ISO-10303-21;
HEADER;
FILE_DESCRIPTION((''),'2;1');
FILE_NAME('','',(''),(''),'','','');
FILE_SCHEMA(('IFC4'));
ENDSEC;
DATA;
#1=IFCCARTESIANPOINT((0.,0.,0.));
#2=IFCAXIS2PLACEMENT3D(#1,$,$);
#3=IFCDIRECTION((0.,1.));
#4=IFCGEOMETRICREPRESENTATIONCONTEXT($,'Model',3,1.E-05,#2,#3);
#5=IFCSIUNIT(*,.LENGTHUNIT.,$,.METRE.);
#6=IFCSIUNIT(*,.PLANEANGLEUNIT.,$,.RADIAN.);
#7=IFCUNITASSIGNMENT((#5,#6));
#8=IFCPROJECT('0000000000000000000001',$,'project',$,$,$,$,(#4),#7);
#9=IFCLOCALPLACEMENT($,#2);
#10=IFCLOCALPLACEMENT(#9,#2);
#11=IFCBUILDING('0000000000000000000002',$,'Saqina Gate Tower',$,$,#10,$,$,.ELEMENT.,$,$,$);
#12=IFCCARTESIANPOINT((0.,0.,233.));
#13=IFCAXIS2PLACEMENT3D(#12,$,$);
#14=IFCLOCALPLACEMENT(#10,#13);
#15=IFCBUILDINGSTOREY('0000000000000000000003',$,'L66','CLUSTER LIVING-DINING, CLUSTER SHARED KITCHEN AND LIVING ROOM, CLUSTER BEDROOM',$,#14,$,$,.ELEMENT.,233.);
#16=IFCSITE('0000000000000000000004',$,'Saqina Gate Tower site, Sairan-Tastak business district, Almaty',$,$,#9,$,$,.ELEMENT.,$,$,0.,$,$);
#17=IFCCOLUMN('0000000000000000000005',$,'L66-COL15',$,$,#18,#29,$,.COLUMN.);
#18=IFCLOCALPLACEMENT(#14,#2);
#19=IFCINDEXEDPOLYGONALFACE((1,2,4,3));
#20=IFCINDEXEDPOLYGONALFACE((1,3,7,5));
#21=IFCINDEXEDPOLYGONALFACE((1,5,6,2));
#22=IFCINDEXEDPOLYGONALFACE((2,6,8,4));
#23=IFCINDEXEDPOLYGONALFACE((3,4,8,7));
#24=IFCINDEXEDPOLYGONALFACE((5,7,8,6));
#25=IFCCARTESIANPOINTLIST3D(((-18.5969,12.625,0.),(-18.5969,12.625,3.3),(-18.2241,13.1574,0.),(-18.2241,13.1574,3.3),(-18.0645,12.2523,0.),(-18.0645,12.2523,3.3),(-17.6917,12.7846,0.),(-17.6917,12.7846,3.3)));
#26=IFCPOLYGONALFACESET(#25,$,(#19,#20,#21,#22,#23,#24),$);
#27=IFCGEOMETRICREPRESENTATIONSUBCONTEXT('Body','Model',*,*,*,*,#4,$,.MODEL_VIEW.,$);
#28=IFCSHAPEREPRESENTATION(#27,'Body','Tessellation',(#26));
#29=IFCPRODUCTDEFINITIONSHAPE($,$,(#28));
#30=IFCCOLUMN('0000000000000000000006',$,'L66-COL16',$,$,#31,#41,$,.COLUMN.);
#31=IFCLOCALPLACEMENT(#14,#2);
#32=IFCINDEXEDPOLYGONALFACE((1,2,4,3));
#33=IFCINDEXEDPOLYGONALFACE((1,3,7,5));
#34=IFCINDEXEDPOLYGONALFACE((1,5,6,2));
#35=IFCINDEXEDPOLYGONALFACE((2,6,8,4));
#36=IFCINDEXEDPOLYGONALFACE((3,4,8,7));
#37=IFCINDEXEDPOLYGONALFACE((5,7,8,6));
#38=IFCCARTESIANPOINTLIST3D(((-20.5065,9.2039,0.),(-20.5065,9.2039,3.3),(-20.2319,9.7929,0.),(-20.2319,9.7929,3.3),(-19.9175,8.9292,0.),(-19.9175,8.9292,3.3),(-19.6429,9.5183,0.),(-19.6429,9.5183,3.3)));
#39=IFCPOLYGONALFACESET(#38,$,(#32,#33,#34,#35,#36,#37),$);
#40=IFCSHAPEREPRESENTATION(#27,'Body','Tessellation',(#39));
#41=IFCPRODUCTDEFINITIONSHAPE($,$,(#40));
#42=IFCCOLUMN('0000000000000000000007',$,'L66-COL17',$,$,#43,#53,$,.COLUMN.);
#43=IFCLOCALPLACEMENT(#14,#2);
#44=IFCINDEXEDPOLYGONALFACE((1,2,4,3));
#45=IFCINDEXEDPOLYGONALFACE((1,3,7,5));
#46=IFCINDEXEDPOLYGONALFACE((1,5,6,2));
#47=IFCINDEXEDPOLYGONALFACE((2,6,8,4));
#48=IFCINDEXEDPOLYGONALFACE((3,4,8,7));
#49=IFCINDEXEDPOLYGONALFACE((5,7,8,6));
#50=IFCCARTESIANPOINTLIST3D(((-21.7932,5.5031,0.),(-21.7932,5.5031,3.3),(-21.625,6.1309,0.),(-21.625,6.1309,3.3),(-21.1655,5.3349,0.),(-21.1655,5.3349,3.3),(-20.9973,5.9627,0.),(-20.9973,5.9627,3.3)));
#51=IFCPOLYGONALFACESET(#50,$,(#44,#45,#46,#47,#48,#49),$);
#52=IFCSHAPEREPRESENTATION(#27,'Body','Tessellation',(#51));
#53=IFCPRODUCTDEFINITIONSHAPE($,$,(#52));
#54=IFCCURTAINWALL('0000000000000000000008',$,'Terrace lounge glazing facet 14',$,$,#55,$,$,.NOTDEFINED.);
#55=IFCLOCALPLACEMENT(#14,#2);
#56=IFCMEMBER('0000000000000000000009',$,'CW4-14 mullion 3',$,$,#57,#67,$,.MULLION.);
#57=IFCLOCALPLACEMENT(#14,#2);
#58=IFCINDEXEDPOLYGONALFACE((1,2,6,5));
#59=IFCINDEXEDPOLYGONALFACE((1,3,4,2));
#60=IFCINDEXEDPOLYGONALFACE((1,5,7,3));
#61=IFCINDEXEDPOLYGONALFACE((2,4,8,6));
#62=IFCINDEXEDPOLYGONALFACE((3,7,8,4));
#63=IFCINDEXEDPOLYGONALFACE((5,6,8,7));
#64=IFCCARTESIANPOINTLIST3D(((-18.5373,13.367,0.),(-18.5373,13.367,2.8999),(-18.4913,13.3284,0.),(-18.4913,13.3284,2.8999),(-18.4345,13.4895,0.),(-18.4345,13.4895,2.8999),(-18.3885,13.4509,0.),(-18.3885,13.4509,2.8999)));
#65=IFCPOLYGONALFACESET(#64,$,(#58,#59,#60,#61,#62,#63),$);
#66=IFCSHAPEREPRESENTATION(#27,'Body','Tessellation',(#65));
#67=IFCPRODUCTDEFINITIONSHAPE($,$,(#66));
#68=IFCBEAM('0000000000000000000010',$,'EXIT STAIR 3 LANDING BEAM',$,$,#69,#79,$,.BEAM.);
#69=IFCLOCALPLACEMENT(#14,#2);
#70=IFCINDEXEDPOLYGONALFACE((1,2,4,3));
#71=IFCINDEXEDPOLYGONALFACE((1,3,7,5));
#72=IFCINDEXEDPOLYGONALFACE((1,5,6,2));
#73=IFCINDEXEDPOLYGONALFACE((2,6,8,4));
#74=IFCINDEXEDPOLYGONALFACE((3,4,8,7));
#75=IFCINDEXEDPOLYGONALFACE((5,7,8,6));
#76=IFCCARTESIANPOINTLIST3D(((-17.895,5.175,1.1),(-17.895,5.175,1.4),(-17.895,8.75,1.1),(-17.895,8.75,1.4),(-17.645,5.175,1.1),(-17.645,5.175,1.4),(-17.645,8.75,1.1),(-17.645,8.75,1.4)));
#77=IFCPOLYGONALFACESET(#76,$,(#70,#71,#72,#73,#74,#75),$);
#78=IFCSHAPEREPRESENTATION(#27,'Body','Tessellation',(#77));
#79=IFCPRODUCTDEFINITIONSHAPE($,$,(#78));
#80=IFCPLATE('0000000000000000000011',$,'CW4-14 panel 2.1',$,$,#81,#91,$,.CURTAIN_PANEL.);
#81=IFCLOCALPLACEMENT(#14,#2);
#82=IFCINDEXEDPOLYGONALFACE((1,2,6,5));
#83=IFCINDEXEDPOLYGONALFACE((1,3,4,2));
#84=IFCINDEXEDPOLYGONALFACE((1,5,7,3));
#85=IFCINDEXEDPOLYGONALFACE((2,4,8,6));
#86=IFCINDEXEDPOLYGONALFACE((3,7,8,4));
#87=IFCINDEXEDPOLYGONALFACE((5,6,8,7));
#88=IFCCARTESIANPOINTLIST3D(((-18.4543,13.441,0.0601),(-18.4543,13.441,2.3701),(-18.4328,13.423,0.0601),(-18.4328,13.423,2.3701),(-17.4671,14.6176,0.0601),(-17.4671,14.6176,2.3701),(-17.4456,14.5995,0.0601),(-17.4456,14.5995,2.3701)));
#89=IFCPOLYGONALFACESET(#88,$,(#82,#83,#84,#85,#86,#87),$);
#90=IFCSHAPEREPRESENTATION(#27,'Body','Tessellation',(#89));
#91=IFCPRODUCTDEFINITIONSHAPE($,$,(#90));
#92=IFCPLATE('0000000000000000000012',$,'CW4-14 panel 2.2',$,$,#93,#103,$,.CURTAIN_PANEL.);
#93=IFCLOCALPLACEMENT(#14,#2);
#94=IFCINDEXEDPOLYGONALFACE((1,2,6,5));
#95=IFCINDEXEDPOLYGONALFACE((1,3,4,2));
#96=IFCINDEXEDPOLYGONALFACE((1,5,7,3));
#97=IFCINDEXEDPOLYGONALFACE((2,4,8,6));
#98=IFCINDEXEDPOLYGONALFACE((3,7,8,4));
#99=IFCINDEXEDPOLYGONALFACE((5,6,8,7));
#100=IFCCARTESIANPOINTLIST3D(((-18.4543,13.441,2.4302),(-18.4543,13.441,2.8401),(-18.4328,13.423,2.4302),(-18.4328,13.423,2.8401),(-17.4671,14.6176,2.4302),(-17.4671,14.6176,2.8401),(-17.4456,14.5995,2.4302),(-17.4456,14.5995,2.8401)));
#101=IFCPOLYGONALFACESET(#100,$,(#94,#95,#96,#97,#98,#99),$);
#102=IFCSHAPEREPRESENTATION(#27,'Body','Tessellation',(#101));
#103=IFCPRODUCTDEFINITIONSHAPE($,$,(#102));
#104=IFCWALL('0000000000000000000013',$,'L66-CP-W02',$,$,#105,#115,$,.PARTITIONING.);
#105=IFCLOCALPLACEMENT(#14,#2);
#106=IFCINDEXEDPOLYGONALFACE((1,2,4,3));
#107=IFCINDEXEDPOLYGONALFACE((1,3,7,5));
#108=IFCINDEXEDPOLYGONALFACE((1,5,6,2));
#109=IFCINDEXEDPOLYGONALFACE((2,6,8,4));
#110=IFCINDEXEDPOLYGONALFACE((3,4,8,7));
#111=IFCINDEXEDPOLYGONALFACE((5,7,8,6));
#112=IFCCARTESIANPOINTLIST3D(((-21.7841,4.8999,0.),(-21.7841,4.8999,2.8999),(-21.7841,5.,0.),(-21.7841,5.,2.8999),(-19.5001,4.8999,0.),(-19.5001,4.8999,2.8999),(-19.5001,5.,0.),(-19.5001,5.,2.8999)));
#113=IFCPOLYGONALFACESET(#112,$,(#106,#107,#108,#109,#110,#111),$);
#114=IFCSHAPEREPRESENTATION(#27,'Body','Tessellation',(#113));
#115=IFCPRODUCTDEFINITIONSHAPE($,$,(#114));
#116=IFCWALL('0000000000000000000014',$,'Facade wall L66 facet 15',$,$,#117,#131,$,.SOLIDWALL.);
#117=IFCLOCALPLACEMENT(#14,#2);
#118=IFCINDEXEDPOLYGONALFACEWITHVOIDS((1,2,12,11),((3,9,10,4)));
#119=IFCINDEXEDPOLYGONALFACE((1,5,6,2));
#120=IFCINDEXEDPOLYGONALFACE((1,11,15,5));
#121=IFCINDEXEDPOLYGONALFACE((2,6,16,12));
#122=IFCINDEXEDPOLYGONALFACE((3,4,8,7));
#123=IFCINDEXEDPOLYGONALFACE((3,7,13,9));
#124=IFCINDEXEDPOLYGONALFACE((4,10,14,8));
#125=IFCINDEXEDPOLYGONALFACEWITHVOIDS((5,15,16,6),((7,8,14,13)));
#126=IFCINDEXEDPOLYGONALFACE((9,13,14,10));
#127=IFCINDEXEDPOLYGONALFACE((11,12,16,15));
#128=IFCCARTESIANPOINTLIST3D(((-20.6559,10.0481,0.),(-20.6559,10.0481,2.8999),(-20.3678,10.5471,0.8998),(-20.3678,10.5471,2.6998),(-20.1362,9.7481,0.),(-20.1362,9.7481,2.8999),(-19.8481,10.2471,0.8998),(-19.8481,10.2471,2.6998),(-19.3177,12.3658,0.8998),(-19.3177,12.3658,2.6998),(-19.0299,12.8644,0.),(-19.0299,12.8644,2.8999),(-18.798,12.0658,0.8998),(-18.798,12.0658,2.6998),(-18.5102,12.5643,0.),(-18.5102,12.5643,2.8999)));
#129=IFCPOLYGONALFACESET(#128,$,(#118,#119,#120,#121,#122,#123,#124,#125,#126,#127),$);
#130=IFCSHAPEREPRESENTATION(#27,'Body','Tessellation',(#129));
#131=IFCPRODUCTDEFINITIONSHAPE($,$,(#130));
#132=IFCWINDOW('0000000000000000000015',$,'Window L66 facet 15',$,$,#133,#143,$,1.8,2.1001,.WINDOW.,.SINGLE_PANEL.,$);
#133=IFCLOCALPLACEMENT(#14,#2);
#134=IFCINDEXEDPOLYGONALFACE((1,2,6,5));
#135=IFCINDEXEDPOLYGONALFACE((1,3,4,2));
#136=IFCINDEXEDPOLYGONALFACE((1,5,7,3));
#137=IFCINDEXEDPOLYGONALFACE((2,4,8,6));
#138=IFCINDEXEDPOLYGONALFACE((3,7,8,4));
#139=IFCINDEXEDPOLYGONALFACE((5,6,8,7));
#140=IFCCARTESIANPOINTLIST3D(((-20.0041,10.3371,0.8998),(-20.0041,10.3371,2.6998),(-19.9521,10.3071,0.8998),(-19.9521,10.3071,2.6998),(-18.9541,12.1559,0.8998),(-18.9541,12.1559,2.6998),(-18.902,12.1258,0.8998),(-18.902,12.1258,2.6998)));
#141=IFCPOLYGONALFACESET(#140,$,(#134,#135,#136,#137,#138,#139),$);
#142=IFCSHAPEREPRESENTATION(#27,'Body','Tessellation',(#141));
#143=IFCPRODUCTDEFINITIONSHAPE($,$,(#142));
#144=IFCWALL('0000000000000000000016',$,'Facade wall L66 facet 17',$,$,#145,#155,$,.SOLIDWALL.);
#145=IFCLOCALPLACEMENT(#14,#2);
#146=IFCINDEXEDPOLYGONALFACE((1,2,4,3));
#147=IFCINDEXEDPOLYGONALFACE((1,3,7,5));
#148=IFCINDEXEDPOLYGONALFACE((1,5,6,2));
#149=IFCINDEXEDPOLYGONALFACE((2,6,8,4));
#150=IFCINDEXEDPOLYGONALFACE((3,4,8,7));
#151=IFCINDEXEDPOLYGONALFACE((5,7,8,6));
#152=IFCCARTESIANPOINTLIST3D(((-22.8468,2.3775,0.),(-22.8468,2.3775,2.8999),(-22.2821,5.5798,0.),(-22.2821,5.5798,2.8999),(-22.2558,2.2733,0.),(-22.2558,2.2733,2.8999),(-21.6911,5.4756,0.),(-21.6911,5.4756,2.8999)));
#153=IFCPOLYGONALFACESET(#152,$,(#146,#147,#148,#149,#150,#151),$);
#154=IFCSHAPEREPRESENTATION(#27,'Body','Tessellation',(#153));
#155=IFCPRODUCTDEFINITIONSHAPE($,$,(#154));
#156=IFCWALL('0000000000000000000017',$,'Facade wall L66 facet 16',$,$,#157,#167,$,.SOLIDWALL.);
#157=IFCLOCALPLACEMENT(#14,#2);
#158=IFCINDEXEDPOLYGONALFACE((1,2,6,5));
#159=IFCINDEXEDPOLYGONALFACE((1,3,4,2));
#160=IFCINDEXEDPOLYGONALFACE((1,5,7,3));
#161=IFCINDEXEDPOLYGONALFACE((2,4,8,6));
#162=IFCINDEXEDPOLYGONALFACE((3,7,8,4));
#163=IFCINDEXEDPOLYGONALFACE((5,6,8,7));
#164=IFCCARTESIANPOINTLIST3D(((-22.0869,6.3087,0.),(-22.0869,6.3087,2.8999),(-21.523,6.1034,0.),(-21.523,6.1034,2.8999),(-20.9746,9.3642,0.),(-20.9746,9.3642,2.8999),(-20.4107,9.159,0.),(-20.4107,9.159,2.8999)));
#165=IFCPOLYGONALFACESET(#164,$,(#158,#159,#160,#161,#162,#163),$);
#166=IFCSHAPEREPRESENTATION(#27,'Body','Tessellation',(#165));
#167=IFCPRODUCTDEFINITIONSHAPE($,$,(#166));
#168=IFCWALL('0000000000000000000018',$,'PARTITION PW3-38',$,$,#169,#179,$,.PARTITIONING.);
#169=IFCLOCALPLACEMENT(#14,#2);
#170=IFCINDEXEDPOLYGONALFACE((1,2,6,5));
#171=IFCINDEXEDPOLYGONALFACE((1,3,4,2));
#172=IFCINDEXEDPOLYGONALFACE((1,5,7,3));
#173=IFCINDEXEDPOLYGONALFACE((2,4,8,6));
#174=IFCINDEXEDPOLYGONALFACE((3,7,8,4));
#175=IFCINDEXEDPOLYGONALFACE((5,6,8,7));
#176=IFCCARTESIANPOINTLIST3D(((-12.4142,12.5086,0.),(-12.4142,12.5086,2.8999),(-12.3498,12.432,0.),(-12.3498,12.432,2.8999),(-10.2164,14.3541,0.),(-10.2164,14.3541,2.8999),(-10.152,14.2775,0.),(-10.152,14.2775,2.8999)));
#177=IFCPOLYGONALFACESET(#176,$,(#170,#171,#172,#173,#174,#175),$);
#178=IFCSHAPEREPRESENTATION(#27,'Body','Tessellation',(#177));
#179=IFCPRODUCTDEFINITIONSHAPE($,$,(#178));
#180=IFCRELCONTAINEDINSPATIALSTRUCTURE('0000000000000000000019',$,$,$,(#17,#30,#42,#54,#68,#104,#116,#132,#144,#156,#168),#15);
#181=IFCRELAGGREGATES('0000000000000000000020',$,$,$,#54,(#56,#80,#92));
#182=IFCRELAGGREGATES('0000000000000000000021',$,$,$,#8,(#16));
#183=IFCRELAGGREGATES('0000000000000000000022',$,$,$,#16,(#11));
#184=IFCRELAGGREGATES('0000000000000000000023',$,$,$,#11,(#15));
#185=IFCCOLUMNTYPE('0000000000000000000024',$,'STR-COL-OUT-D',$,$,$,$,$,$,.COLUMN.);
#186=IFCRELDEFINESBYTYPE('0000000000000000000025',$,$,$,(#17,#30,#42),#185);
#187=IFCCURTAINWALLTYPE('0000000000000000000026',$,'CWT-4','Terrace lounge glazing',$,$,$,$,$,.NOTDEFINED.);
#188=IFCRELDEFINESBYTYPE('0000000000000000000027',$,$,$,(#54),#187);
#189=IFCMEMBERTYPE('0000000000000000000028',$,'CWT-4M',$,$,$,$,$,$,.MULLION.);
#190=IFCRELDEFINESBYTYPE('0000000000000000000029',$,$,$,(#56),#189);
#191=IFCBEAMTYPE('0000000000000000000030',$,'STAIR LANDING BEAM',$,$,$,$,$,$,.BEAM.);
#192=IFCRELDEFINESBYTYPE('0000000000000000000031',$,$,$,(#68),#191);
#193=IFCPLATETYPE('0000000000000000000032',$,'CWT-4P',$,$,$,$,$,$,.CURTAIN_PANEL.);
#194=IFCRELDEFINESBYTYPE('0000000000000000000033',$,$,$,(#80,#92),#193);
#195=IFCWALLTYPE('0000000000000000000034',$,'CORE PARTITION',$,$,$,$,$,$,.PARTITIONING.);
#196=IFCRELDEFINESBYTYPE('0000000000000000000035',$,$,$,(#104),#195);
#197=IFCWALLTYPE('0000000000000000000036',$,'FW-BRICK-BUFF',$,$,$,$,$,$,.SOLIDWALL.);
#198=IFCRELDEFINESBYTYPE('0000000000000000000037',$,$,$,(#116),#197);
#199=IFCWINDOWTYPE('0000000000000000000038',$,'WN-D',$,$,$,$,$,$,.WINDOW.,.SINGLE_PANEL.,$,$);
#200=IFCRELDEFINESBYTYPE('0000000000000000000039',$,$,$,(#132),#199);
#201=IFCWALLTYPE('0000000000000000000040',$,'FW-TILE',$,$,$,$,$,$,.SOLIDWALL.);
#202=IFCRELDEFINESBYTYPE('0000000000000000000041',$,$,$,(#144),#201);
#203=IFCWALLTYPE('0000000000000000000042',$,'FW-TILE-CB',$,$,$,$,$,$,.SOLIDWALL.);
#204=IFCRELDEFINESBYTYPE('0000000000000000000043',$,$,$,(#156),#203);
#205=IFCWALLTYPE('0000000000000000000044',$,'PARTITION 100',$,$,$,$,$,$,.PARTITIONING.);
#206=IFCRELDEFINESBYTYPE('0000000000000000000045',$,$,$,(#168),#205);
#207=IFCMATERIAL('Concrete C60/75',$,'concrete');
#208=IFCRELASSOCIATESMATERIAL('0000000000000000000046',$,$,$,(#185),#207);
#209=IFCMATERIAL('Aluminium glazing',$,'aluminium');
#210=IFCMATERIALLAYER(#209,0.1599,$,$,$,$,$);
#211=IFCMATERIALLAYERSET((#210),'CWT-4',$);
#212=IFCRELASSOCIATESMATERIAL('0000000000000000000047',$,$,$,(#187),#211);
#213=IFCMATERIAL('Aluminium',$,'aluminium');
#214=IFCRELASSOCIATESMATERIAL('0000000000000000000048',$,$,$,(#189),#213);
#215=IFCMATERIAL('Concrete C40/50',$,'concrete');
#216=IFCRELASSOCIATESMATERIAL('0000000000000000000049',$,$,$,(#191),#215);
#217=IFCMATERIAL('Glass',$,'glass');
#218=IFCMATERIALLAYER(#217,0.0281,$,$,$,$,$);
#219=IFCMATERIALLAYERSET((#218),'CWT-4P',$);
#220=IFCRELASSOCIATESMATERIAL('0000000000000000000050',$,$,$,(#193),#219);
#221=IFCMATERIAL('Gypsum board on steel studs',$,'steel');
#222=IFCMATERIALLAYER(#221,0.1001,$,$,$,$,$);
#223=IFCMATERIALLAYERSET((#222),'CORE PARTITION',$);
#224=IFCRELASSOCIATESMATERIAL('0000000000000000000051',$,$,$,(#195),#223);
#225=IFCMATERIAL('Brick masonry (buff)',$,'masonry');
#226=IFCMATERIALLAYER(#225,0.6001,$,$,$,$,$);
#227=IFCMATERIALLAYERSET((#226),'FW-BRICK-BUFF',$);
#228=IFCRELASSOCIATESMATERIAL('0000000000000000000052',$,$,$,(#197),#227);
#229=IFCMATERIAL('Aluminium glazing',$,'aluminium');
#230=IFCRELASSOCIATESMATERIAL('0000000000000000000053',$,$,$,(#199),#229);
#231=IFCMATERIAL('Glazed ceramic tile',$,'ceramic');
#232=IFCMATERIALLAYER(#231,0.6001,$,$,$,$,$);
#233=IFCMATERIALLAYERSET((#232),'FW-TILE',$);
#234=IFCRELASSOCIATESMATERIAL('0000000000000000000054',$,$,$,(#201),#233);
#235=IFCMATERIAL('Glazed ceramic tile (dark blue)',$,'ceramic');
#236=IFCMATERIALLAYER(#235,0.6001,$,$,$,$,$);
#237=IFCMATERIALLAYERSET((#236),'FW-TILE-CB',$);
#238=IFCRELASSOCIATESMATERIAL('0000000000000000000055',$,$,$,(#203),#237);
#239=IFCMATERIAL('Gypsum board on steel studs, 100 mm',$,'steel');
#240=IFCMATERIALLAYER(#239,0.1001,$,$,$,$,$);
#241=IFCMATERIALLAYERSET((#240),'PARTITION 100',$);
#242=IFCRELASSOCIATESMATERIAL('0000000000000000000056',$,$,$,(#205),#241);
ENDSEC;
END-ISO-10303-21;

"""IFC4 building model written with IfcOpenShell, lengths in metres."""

from ifc_helpers import new_model, si_unit, direction, frame, frame_2d, origin, origin_2d, place, context, subcontext, project, spatial, rectangle, extrude, material, layer, layer_set, material_profile, profile_set, type_object, element, fill, aggregate, save


model = new_model("IFC4")

# Units and contexts
model_context = context("Model", 3, precision=1e-05, world=origin(), true_north=direction((0.0, 1.0)))
body_context = subcontext(model_context, "Body", "Model", "MODEL_VIEW")
ifc_project = project(units=[si_unit("LENGTHUNIT", "METRE"), si_unit("PLANEANGLEUNIT", "RADIAN")], contexts=[model_context])

# Site, building, storey
site_placement = place(None, origin())
site = spatial("IfcSite", under=ifc_project, at=site_placement, Name="Saqina Gate Tower site, Sairan-Tastak business district, Almaty", CompositionType="ELEMENT", RefElevation=0.0)
building_placement = place(site_placement, origin())
building = spatial("IfcBuilding", under=site, at=building_placement, Name="Saqina Gate Tower", CompositionType="ELEMENT")
storey_placement = place(building_placement, frame((0.0, 0.0, 233.0)))
storey = spatial("IfcBuildingStorey", under=building, at=storey_placement, Name="L66", Description="CLUSTER LIVING-DINING, CLUSTER SHARED KITCHEN AND LIVING ROOM, CLUSTER BEDROOM", CompositionType="ELEMENT", Elevation=233.0)

# Columns
ifc_material_1 = material(Name="Concrete C60/75", Category="concrete")
ifc_material_profile_1 = material_profile(ifc_material_1, rectangle(XDim=0.6499, YDim=0.6499, at=origin_2d()), Name="RC 650x650")
ifc_profile_set_1 = profile_set([ifc_material_profile_1], Name="Concrete C60/75")
column_type = type_object("IfcColumnType", Name="STR-COL-OUT-D", PredefinedType="COLUMN", material=ifc_profile_set_1)
for number, where, z_axis, x_axis, name in (
    (1, (-18.1443, 12.7048, 0.0), (0.0, 0.0, 1.0), (-0.819152, 0.573576, 0.0), "L66-COL15"),
    (2, (-20.0747, 9.3611, 0.0), (0.0, 0.0, 1.0), (-0.906308, 0.422618, 0.0), "L66-COL16"),
    (3, (-21.3953, 5.7329, 0.0), (0.0, 0.0, 1.0), (-0.965926, 0.258819, 0.0), "L66-COL17"),
):
    element("IfcColumn", number, at=place(storey_placement, frame(where, z_axis=z_axis, x_axis=x_axis)), inside=storey, type_object=column_type, Name=name, PredefinedType="COLUMN", context=body_context, shape_type="SweptSolid", body=[
        extrude(rectangle(XDim=0.6499, YDim=0.6499, at=origin_2d()), origin(), (0.0, 0.0, 1.0), 3.3),
    ])

# Curtain wall, member
ifc_material_2 = material(Name="Aluminium glazing", Category="aluminium")
ifc_layer_1 = layer(ifc_material_2, 0.1599)
ifc_layer_set_1 = layer_set([ifc_layer_1], Name="CWT-4")
curtain_wall_type = type_object("IfcCurtainWallType", Name="CWT-4", Description="Terrace lounge glazing", PredefinedType="NOTDEFINED", material=ifc_layer_set_1)
curtain_wall_placement = place(storey_placement, origin())
curtain_wall = element("IfcCurtainWall", 4, at=curtain_wall_placement, inside=storey, type_object=curtain_wall_type, Name="Terrace lounge glazing facet 14", PredefinedType="NOTDEFINED")
ifc_material_3 = material(Name="Aluminium", Category="aluminium")
ifc_material_profile_2 = material_profile(ifc_material_3, rectangle(XDim=0.0601, YDim=0.1599, at=origin_2d()), Name="Aluminium 60x160")
ifc_profile_set_2 = profile_set([ifc_material_profile_2], Name="Aluminium")
member_type = type_object("IfcMemberType", Name="CWT-4M", PredefinedType="MULLION", material=ifc_profile_set_2)
member_placement = place(storey_placement, frame((-18.4629, 13.4089, 0.0), z_axis=(0.0, 0.0, 1.0), x_axis=(0.766046, -0.642785, 0.0)))
member = element("IfcMember", 5, at=member_placement, type_object=member_type, Name="CW4-14 mullion 3", PredefinedType="MULLION", context=body_context, shape_type="SweptSolid", body=[
    extrude(rectangle(XDim=0.0601, YDim=0.1599, at=origin_2d()), origin(), (0.0, 0.0, 1.0), 2.8999),
])

# Beam
ifc_material_4 = material(Name="Concrete C40/50", Category="concrete")
ifc_material_profile_3 = material_profile(ifc_material_4, rectangle(XDim=0.25, YDim=0.3, at=origin_2d()), Name="STAIR LANDING BEAM")
ifc_profile_set_3 = profile_set([ifc_material_profile_3], Name="Concrete C40/50")
beam_type = type_object("IfcBeamType", Name="STAIR LANDING BEAM", PredefinedType="BEAM", material=ifc_profile_set_3)
beam_placement = place(storey_placement, frame((-17.77, 5.175, 1.25), z_axis=(0.0, 1.0, 0.0), x_axis=(-1.0, 0.0, 0.0)))
element("IfcBeam", 6, at=beam_placement, inside=storey, type_object=beam_type, Name="EXIT STAIR 3 LANDING BEAM", PredefinedType="BEAM", context=body_context, shape_type="SweptSolid", body=[
    extrude(rectangle(XDim=0.25, YDim=0.3, at=origin_2d()), origin(), (0.0, 0.0, 1.0), 3.575),
])

# Plates
ifc_material_5 = material(Name="Glass", Category="glass")
ifc_layer_2 = layer(ifc_material_5, 0.0281)
ifc_layer_set_2 = layer_set([ifc_layer_2], Name="CWT-4P")
plate_type = type_object("IfcPlateType", Name="CWT-4P", PredefinedType="CURTAIN_PANEL", material=ifc_layer_set_2)
plate_1_placement = place(storey_placement, frame((-17.95, 14.0203, 0.0601), z_axis=(0.0, 0.0, 1.0), x_axis=(-0.642785, -0.766046, 0.0)))
plate_1 = element("IfcPlate", 7, at=plate_1_placement, type_object=plate_type, Name="CW4-14 panel 2.1", PredefinedType="CURTAIN_PANEL", context=body_context, shape_type="SweptSolid", body=[
    extrude(rectangle(XDim=1.5359, YDim=0.0281, at=origin_2d()), origin(), (0.0, 0.0, 1.0), 2.3101),
])
plate_2_placement = place(storey_placement, frame((-17.95, 14.0203, 2.4302), z_axis=(0.0, 0.0, 1.0), x_axis=(-0.642785, -0.766046, 0.0)))
plate_2 = element("IfcPlate", 8, at=plate_2_placement, type_object=plate_type, Name="CW4-14 panel 2.2", PredefinedType="CURTAIN_PANEL", context=body_context, shape_type="SweptSolid", body=[
    extrude(rectangle(XDim=1.5359, YDim=0.0281, at=origin_2d()), origin(), (0.0, 0.0, 1.0), 0.4099),
])
aggregate(curtain_wall, [member, plate_1, plate_2])

# Wall
ifc_material_6 = material(Name="Gypsum board on steel studs", Category="steel")
ifc_layer_3 = layer(ifc_material_6, 0.1001)
ifc_layer_set_3 = layer_set([ifc_layer_3], Name="CORE PARTITION")
wall_type_1 = type_object("IfcWallType", Name="CORE PARTITION", PredefinedType="PARTITIONING", material=ifc_layer_set_3)
wall_1_placement = place(storey_placement, frame((-19.5, 4.95, 0.0), z_axis=(0.0, 0.0, 1.0), x_axis=(-1.0, 0.0, 0.0)))
element("IfcWall", 9, at=wall_1_placement, inside=storey, type_object=wall_type_1, Name="L66-CP-W02", PredefinedType="PARTITIONING", context=body_context, shape_type="SweptSolid", body=[
    extrude(rectangle(XDim=2.2839, YDim=0.1001, at=frame_2d((1.1421, 0.0))), origin(), (0.0, 0.0, 1.0), 2.8999),
])

# Wall, opening, window
ifc_material_7 = material(Name="Brick masonry (buff)", Category="masonry")
ifc_layer_4 = layer(ifc_material_7, 0.6001)
ifc_layer_set_4 = layer_set([ifc_layer_4], Name="FW-BRICK-BUFF")
wall_type_2 = type_object("IfcWallType", Name="FW-BRICK-BUFF", PredefinedType="SOLIDWALL", material=ifc_layer_set_4)
wall_2_placement = place(storey_placement, frame((-18.77, 12.7144, 0.0), z_axis=(0.0, 0.0, 1.0), x_axis=(-0.500015, -0.866017, 0.0)))
wall_2 = element("IfcWall", 10, at=wall_2_placement, inside=storey, type_object=wall_type_2, Name="Facade wall L66 facet 15", PredefinedType="SOLIDWALL", context=body_context, shape_type="SweptSolid", body=[
    extrude(rectangle(XDim=3.252, YDim=0.6001, at=frame_2d((1.626, 0.0))), origin(), (0.0, 0.0, 1.0), 2.8999),
])
opening_1_placement = place(wall_2_placement, frame((0.5757, 0.0, 0.8999)))
opening_1 = element("IfcOpeningElement", 11, at=opening_1_placement, cuts=wall_2, PredefinedType="OPENING", context=body_context, shape_type="SweptSolid", body=[
    extrude(rectangle(XDim=2.1001, YDim=1.8, at=frame_2d((1.05, 0.8999))), frame((0.0, 0.312, 0.0), z_axis=(0.0, -1.0, 0.0), x_axis=(1.0, 0.0, 0.0)), (0.0, 0.0, 1.0), 0.624),
])
ifc_material_8 = material(Name="Aluminium glazing", Category="aluminium")
window_type = type_object("IfcWindowType", Name="WN-D", PartitioningType="SINGLE_PANEL", PredefinedType="WINDOW", material=ifc_material_8)
window_placement = place(opening_1_placement, origin())
window = element("IfcWindow", 12, at=window_placement, inside=storey, type_object=window_type, Name="Window L66 facet 15", OverallHeight=1.8, OverallWidth=2.1001, PartitioningType="SINGLE_PANEL", PredefinedType="WINDOW", context=body_context, shape_type="SweptSolid", body=[
    extrude(rectangle(XDim=2.1001, YDim=1.8, at=frame_2d((1.05, 0.8999))), frame((0.0, 0.1799, 0.0), z_axis=(0.0, -1.0, 0.0), x_axis=(1.0, 0.0, 0.0)), (0.0, 0.0, 1.0), 0.0601),
])
fill(opening_1, window)

# Walls
ifc_material_9 = material(Name="Glazed ceramic tile", Category="ceramic")
ifc_layer_5 = layer(ifc_material_9, 0.6001)
ifc_layer_set_5 = layer_set([ifc_layer_5], Name="FW-TILE")
wall_type_3 = type_object("IfcWallType", Name="FW-TILE", PredefinedType="SOLIDWALL", material=ifc_layer_set_5)
wall_3_placement = place(storey_placement, frame((-21.9866, 5.5278, 0.0), z_axis=(0.0, 0.0, 1.0), x_axis=(-0.173657, -0.984806, 0.0)))
element("IfcWall", 13, at=wall_3_placement, inside=storey, type_object=wall_type_3, Name="Facade wall L66 facet 17", PredefinedType="SOLIDWALL", context=body_context, shape_type="SweptSolid", body=[
    extrude(rectangle(XDim=3.2517, YDim=0.6001, at=frame_2d((1.626, 0.0))), origin(), (0.0, 0.0, 1.0), 2.8999),
])
ifc_material_10 = material(Name="Glazed ceramic tile (dark blue)", Category="ceramic")
ifc_layer_6 = layer(ifc_material_10, 0.6001)
ifc_layer_set_6 = layer_set([ifc_layer_6], Name="FW-TILE-CB")
wall_type_4 = type_object("IfcWallType", Name="FW-TILE-CB", PredefinedType="SOLIDWALL", material=ifc_layer_set_6)
wall_4_placement = place(storey_placement, frame((-20.6926, 9.2617, 0.0), z_axis=(0.0, 0.0, 1.0), x_axis=(-0.342057, -0.939679, 0.0)))
element("IfcWall", 14, at=wall_4_placement, inside=storey, type_object=wall_type_4, Name="Facade wall L66 facet 16", PredefinedType="SOLIDWALL", context=body_context, shape_type="SweptSolid", body=[
    extrude(rectangle(XDim=3.2517, YDim=0.6001, at=frame_2d((1.626, 0.0))), origin(), (0.0, 0.0, 1.0), 2.8999),
])
ifc_material_11 = material(Name="Gypsum board on steel studs, 100 mm", Category="steel")
ifc_layer_7 = layer(ifc_material_11, 0.1001)
ifc_layer_set_7 = layer_set([ifc_layer_7], Name="PARTITION 100")
wall_type_5 = type_object("IfcWallType", Name="PARTITION 100", PredefinedType="PARTITIONING", material=ifc_layer_set_7)
wall_5_placement = place(storey_placement, frame((-12.3821, 12.4702, 0.0), z_axis=(0.0, 0.0, 1.0), x_axis=(0.765817, 0.643058, 0.0)))
element("IfcWall", 15, at=wall_5_placement, inside=storey, type_object=wall_type_5, Name="PARTITION PW3-38", PredefinedType="PARTITIONING", context=body_context, shape_type="SweptSolid", body=[
    extrude(rectangle(XDim=2.8699, YDim=0.1001, at=frame_2d((1.4351, 0.0))), origin(), (0.0, 0.0, 1.0), 2.8999),
])

save(model, "model.ifc")
